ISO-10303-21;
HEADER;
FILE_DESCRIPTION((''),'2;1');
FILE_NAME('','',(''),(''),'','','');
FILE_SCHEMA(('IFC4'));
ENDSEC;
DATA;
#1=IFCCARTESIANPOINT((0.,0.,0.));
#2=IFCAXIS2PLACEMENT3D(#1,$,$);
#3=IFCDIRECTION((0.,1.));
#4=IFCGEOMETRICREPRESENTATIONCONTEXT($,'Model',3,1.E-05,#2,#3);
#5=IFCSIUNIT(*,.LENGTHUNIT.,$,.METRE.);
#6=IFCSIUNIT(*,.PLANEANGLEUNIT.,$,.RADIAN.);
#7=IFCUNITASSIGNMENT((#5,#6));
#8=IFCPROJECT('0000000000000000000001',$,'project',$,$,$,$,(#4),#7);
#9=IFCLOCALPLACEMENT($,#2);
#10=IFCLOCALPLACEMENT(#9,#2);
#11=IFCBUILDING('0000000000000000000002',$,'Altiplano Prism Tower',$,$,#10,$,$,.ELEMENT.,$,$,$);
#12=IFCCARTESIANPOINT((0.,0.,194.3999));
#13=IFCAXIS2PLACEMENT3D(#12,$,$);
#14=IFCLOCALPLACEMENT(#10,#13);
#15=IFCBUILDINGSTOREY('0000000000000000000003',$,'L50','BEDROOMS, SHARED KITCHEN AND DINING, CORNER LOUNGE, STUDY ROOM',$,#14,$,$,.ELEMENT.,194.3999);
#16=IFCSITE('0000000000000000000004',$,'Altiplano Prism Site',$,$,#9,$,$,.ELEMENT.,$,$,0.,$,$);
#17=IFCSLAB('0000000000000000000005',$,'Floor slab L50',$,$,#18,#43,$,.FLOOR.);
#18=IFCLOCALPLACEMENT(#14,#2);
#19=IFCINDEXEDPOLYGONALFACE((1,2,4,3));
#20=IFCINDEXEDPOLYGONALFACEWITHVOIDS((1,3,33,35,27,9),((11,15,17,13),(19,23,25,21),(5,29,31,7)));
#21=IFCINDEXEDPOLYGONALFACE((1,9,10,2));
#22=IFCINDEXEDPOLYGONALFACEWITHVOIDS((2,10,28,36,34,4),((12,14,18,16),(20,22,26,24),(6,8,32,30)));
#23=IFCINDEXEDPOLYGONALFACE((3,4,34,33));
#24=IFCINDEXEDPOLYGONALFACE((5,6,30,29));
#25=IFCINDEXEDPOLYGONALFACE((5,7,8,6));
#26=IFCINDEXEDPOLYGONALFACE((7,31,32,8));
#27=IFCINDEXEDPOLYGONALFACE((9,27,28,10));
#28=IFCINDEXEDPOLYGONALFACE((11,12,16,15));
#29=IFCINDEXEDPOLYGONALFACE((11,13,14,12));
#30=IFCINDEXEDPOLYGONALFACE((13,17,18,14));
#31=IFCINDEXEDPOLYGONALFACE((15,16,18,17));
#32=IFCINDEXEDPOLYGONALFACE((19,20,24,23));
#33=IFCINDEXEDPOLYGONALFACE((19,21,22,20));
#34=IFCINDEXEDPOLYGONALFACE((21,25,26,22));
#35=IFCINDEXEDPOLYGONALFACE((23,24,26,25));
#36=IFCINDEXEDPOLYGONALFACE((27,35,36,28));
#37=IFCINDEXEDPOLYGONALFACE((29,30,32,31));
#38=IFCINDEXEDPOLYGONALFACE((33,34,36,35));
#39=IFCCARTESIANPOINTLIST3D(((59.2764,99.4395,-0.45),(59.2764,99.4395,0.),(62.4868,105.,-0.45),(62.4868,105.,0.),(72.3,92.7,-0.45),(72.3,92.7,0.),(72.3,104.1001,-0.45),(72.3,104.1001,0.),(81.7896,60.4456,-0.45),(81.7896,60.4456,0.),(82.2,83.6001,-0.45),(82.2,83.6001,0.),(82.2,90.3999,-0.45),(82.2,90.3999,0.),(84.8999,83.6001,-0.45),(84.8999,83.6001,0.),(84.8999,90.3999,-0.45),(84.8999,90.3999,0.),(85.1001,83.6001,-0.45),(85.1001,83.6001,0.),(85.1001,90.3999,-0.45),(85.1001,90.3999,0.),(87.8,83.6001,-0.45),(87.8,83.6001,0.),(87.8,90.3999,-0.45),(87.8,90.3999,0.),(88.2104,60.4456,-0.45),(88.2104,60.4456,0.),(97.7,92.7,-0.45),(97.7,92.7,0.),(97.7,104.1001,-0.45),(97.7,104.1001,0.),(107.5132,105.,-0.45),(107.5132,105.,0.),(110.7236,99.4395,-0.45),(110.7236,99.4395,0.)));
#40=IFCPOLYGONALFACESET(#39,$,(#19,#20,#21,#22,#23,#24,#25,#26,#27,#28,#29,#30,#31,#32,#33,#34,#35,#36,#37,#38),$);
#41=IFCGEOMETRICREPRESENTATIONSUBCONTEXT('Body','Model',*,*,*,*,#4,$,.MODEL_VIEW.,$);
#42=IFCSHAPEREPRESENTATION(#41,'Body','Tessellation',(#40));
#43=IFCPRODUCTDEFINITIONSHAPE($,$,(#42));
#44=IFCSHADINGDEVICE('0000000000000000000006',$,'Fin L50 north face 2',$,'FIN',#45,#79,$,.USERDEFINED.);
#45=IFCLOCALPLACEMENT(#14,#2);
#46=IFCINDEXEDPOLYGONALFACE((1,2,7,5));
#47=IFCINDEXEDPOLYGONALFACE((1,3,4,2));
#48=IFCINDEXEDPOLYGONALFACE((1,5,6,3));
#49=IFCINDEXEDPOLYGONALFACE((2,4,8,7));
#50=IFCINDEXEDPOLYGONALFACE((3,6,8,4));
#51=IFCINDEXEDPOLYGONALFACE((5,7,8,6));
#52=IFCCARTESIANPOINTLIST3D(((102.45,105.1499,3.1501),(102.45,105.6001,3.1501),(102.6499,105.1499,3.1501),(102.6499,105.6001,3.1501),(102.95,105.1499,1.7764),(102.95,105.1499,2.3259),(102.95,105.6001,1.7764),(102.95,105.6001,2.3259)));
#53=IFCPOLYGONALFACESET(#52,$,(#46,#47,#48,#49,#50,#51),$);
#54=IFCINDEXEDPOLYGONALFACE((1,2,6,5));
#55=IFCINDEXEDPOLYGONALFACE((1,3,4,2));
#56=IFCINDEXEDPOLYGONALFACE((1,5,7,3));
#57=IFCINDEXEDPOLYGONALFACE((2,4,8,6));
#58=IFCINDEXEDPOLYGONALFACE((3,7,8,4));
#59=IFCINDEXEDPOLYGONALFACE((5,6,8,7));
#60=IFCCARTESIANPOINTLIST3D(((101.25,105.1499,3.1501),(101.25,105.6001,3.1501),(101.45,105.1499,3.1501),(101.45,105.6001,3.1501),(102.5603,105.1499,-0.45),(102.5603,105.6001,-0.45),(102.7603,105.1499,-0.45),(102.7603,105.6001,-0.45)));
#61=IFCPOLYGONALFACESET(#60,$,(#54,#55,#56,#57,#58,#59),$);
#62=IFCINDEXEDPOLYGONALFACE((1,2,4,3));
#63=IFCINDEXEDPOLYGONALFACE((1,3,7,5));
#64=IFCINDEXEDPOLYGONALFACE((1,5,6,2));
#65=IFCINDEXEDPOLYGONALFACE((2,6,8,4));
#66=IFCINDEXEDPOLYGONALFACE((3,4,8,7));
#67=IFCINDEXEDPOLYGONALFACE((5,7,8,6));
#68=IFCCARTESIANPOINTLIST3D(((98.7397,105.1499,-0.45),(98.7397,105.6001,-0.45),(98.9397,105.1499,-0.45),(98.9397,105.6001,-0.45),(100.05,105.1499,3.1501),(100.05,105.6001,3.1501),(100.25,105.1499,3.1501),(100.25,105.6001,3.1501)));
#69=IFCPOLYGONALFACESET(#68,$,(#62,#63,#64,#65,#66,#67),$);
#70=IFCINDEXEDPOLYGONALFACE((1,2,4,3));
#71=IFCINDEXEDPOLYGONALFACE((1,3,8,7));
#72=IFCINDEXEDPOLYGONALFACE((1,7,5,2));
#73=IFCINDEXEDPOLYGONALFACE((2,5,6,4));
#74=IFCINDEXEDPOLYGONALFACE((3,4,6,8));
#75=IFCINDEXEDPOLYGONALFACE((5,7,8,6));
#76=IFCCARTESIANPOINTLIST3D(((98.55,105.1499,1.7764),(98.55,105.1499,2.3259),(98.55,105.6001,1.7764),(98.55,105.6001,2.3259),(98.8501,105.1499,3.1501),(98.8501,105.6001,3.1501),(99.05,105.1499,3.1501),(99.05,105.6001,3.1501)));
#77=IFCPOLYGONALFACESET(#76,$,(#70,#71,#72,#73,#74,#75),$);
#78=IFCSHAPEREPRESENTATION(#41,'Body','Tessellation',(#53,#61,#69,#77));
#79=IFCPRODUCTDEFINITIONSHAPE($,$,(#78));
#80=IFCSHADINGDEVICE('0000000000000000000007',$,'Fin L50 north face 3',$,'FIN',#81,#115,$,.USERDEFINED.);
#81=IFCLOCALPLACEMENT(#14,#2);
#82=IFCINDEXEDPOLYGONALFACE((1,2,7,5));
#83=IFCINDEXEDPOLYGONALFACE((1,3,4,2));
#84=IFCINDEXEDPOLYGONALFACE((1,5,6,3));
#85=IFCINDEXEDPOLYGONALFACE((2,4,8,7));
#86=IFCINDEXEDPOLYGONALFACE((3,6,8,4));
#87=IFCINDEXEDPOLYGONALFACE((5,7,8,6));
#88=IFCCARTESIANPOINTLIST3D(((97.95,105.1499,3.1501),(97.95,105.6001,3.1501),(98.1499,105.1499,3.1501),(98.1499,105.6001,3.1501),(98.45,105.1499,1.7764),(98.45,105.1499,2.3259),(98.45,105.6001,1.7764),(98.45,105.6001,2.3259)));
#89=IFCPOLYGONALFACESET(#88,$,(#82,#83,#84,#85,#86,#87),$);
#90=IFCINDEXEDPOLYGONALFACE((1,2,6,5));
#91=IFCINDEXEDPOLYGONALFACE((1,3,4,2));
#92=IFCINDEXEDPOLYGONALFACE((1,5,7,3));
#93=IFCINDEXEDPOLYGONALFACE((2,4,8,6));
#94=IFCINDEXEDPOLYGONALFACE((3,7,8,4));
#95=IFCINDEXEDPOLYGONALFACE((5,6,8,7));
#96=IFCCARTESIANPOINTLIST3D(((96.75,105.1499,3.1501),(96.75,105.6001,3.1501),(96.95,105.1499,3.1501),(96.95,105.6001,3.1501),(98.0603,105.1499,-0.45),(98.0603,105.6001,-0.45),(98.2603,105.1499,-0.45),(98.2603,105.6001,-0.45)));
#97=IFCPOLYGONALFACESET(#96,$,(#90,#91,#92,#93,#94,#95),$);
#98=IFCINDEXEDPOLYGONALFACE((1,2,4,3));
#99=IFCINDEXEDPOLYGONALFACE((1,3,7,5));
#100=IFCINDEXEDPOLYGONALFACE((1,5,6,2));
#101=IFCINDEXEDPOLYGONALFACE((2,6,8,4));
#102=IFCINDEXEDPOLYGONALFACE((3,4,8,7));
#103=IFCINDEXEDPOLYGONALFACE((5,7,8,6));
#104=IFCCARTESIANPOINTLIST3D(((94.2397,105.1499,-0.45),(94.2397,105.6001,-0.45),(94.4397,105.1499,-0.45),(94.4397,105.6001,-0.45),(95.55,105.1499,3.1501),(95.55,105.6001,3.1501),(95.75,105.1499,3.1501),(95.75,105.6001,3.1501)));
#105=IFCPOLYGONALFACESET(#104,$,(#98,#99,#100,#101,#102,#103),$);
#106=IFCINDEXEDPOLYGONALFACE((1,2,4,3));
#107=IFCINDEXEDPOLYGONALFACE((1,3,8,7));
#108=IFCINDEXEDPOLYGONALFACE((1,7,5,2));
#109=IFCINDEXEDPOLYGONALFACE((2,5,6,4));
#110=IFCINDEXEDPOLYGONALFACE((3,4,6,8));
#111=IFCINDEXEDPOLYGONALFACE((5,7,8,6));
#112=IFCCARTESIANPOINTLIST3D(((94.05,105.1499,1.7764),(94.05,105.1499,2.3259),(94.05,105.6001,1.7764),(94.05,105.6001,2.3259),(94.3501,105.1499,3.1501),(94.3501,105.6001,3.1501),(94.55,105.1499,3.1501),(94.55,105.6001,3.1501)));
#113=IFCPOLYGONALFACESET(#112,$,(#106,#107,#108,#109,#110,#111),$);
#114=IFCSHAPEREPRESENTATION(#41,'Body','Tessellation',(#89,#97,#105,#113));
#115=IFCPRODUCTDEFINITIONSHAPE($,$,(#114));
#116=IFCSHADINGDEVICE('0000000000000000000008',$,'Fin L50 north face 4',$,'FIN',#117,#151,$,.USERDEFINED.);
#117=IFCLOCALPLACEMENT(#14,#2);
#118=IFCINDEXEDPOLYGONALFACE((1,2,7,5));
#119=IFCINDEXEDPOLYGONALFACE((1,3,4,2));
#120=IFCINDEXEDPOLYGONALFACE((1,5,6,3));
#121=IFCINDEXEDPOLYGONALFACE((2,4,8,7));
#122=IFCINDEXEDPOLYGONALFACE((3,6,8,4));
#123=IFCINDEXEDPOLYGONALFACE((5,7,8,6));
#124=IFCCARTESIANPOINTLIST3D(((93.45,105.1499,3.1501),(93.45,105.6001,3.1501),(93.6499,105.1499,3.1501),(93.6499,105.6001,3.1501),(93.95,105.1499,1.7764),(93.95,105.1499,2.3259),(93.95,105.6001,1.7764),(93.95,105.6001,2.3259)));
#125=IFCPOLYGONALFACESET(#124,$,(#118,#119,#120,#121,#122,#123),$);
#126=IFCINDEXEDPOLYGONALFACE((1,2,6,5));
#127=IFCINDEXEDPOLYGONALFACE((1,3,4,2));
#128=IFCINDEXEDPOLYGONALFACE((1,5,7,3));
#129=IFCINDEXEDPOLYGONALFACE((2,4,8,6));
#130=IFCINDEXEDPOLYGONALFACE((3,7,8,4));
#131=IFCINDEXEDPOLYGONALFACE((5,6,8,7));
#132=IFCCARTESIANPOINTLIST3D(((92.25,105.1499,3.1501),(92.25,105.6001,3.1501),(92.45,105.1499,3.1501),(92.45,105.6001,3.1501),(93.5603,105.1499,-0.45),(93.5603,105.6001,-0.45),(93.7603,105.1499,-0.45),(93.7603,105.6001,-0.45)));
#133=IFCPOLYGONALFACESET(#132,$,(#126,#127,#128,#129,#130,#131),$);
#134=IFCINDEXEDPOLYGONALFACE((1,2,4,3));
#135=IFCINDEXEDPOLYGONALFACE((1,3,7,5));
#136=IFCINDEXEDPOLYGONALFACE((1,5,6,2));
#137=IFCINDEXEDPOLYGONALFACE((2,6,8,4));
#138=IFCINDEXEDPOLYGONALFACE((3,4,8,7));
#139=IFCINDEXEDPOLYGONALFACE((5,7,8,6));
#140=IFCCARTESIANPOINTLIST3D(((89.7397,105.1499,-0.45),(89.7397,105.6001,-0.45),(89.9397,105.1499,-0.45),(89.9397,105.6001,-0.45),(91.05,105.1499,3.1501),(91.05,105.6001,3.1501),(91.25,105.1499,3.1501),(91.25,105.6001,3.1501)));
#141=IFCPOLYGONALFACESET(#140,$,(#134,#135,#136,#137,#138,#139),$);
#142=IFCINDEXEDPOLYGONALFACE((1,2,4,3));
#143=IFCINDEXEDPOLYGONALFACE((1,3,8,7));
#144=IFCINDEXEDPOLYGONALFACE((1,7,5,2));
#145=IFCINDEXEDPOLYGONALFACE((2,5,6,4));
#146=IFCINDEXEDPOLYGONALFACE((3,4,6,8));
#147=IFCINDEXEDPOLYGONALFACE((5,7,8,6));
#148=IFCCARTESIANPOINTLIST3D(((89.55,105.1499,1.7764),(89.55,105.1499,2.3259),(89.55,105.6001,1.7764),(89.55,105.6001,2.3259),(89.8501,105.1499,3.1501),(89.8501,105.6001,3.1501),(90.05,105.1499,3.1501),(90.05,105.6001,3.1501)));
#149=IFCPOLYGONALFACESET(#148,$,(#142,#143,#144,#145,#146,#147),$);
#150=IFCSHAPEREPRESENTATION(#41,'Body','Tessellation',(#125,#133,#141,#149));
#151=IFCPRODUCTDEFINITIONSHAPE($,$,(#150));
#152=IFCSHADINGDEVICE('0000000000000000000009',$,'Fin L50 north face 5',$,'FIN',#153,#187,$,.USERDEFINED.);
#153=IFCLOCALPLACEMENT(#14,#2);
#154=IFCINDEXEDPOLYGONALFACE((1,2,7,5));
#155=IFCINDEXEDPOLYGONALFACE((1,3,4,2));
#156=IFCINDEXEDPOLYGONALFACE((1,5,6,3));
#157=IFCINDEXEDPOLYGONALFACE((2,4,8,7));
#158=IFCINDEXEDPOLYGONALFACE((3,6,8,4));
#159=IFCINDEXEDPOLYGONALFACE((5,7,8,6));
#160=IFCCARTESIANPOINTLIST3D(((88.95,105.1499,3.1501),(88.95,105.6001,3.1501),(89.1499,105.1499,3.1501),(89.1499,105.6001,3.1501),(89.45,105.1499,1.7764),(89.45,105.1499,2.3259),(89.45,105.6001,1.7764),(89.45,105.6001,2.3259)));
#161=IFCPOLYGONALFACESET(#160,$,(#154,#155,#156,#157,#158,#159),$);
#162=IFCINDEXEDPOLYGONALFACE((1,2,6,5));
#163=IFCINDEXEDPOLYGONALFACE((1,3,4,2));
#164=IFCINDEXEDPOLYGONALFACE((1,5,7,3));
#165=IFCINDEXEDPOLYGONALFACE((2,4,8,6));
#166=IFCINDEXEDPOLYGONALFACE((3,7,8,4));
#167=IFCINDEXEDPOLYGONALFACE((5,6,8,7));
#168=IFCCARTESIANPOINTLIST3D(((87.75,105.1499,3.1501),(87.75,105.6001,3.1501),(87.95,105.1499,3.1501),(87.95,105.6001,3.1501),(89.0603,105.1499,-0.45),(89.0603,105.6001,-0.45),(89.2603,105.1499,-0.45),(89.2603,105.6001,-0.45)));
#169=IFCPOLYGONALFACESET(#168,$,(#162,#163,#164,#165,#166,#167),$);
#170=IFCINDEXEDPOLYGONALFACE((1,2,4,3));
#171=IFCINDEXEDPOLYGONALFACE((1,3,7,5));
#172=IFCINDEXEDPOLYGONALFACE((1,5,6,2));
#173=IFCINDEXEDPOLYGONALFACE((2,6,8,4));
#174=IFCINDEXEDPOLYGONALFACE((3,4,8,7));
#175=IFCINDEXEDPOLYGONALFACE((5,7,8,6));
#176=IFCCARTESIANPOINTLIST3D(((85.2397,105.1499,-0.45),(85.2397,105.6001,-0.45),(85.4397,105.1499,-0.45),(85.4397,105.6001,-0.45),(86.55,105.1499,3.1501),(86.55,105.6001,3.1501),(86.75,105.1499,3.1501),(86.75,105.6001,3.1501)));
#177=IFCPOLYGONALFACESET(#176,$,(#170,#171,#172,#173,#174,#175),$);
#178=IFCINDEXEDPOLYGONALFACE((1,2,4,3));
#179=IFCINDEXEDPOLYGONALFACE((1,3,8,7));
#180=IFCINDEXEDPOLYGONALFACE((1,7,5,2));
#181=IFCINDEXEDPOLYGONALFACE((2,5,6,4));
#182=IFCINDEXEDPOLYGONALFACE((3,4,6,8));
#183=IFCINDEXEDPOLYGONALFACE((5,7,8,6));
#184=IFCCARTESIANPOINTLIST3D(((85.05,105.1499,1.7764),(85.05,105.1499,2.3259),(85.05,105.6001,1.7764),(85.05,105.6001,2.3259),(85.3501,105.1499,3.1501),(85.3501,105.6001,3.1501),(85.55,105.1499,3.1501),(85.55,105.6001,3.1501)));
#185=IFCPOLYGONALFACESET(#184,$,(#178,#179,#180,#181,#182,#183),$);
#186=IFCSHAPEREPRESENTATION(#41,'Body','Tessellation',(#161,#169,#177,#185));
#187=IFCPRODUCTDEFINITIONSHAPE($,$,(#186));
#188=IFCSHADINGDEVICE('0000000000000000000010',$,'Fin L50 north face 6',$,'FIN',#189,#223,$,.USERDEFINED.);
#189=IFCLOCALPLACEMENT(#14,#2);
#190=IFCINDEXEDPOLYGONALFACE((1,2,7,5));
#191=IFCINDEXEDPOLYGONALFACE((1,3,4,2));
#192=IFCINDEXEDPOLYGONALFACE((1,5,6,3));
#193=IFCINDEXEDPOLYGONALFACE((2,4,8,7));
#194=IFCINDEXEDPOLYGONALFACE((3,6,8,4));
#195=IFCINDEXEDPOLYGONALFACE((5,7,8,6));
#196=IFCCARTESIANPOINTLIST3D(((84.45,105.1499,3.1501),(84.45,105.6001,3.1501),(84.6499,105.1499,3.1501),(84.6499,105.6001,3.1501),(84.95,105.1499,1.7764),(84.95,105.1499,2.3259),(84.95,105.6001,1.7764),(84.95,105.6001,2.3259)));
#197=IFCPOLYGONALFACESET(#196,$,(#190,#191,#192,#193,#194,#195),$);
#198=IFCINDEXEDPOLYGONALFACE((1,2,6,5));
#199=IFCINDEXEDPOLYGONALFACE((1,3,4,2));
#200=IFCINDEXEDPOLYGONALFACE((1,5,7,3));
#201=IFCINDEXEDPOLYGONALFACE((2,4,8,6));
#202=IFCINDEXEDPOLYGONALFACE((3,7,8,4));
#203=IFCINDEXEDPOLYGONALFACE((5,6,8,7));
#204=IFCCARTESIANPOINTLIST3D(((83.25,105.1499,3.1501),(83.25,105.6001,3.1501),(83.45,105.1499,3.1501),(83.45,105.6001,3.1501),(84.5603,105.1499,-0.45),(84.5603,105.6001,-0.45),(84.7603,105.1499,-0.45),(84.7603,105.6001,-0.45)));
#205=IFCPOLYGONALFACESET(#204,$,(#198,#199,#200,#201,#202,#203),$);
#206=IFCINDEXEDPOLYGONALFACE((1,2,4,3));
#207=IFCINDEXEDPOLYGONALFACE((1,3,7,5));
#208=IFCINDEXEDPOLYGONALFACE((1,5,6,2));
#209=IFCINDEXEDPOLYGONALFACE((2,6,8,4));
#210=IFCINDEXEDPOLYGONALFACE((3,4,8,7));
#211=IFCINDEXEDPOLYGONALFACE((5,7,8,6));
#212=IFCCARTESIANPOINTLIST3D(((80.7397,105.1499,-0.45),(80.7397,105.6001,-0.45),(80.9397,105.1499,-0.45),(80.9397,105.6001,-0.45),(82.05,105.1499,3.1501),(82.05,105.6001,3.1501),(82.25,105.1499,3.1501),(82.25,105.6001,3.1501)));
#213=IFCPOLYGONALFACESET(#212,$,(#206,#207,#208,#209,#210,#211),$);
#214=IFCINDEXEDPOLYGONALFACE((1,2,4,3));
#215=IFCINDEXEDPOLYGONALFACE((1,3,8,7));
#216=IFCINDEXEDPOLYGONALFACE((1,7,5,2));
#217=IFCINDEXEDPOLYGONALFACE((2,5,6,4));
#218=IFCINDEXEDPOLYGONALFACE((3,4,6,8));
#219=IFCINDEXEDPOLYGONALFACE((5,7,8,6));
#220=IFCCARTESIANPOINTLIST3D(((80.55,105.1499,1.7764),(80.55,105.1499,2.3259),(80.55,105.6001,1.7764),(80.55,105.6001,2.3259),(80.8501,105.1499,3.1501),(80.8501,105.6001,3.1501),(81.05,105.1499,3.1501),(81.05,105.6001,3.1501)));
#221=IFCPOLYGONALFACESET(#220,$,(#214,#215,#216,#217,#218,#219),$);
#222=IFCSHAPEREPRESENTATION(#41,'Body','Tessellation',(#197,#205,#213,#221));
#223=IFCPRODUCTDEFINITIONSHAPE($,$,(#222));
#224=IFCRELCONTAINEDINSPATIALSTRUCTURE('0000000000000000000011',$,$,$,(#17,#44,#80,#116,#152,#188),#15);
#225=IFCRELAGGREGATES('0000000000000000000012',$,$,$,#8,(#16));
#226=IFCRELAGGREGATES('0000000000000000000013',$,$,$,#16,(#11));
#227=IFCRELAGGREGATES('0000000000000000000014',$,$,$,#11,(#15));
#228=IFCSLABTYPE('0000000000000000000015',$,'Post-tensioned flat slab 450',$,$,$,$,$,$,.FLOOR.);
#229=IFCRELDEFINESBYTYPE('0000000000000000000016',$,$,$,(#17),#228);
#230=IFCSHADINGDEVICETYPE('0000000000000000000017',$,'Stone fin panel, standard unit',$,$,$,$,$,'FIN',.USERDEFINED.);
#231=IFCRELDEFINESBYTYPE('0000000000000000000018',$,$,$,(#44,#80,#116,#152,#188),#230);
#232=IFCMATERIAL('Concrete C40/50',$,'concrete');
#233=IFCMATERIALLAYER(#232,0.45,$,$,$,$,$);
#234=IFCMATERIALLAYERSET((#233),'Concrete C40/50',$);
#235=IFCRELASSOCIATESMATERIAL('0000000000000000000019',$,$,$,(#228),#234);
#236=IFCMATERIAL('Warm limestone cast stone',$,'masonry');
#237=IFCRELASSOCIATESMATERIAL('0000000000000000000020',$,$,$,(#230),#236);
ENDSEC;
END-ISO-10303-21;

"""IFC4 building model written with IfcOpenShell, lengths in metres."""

from ifc_helpers import new_model, si_unit, direction, frame, origin, place, context, subcontext, project, spatial, polyline, outline, extrude, source, transform, mapped, material, layer, layer_set, type_object, element, save


model = new_model("IFC4")

# Units and contexts
model_context = context("Model", 3, precision=1e-05, world=origin(), true_north=direction((0.0, 1.0)))
body_context = subcontext(model_context, "Body", "Model", "MODEL_VIEW")
ifc_project = project(units=[si_unit("LENGTHUNIT", "METRE"), si_unit("PLANEANGLEUNIT", "RADIAN")], contexts=[model_context])

# Site, building, storey
site_placement = place(None, origin())
site = spatial("IfcSite", under=ifc_project, at=site_placement, Name="Altiplano Prism Site", CompositionType="ELEMENT", RefElevation=0.0)
building_placement = place(site_placement, origin())
building = spatial("IfcBuilding", under=site, at=building_placement, Name="Altiplano Prism Tower", CompositionType="ELEMENT")
storey_placement = place(building_placement, frame((0.0, 0.0, 194.3999)))
storey = spatial("IfcBuildingStorey", under=building, at=storey_placement, Name="L50", Description="BEDROOMS, SHARED KITCHEN AND DINING, CORNER LOUNGE, STUDY ROOM", CompositionType="ELEMENT", Elevation=194.3999)

# Slab
ifc_material_1 = material(Name="Concrete C40/50", Category="concrete")
ifc_layer = layer(ifc_material_1, 0.45)
ifc_layer_set = layer_set([ifc_layer], Name="Concrete C40/50")
slab_type = type_object("IfcSlabType", Name="Post-tensioned flat slab 450", PredefinedType="FLOOR", material=ifc_layer_set)
slab_placement = place(storey_placement, frame((0.0, 0.0, -0.45)))
element("IfcSlab", 1, at=slab_placement, inside=storey, type_object=slab_type, Name="Floor slab L50", PredefinedType="FLOOR", context=body_context, shape_type="SweptSolid", body=[
    extrude(outline(polyline([(81.7896, 60.4456), (59.2764, 99.4395), (62.4868, 105.0), (107.5132, 105.0), (110.7236, 99.4395), (88.2104, 60.4456), (81.7896, 60.4456)]), holes=[polyline([(72.3, 104.1001), (72.3, 92.7), (97.7, 92.7), (97.7, 104.1001), (72.3, 104.1001)]), polyline([(84.8999, 90.3999), (82.2, 90.3999), (82.2, 83.6001), (84.8999, 83.6001), (84.8999, 90.3999)]), polyline([(87.8, 83.6001), (87.8, 90.3999), (85.1001, 90.3999), (85.1001, 83.6001), (87.8, 83.6001)])]), origin(), (0.0, 0.0, 1.0), 0.45),
])

# Shading devices
ifc_material_2 = material(Name="Warm limestone cast stone", Category="masonry")
shading_device_type_1 = type_object("IfcShadingDeviceType", Name="Stone fin panel, standard unit", ElementType="FIN", PredefinedType="USERDEFINED", material=ifc_material_2)
shared_shape_1 = source(origin(), body_context, "Body", "SweptSolid", [
    extrude(outline(polyline([(-2.2, 2.2263), (-1.7, 3.6001), (-1.8999, 3.6001), (-2.2, 2.7759), (-2.2, 2.2263)])), frame((0.0, -0.1499, 0.0), z_axis=(0.0, -1.0, 0.0), x_axis=(1.0, 0.0, 0.0)), (0.0, 0.0, 1.0), 0.4502),
    extrude(outline(polyline([(-2.0103, 0.0), (-1.8103, 0.0), (-0.5, 3.6001), (-0.7, 3.6001), (-2.0103, 0.0)])), frame((0.0, -0.1499, 0.0), z_axis=(0.0, -1.0, 0.0), x_axis=(1.0, 0.0, 0.0)), (0.0, 0.0, 1.0), 0.4502),
    extrude(outline(polyline([(1.8103, 0.0), (2.0103, 0.0), (0.7, 3.6001), (0.5, 3.6001), (1.8103, 0.0)])), frame((0.0, -0.1499, 0.0), z_axis=(0.0, -1.0, 0.0), x_axis=(1.0, 0.0, 0.0)), (0.0, 0.0, 1.0), 0.4502),
    extrude(outline(polyline([(2.2, 2.7759), (1.8999, 3.6001), (1.7, 3.6001), (2.2, 2.2263), (2.2, 2.7759)])), frame((0.0, -0.1499, 0.0), z_axis=(0.0, -1.0, 0.0), x_axis=(1.0, 0.0, 0.0)), (0.0, 0.0, 1.0), 0.4502),
])
shading_device_1_placement = place(storey_placement, origin())
element("IfcShadingDevice", 2, at=shading_device_1_placement, inside=storey, type_object=shading_device_type_1, Name="Fin L50 north face 2", ObjectType="FIN", PredefinedType="USERDEFINED", context=body_context, shape_type="MappedRepresentation", body=[
    mapped(shared_shape_1, transform((100.75, 105.0, -0.45), x_axis=(-1.0, 0.0, 0.0), y_axis=(0.0, -1.0, 0.0), z_axis=(0.0, 0.0, 1.0))),
])
shading_device_2_placement = place(storey_placement, origin())
element("IfcShadingDevice", 3, at=shading_device_2_placement, inside=storey, type_object=shading_device_type_1, Name="Fin L50 north face 3", ObjectType="FIN", PredefinedType="USERDEFINED", context=body_context, shape_type="MappedRepresentation", body=[
    mapped(shared_shape_1, transform((96.25, 105.0, -0.45), x_axis=(-1.0, 0.0, 0.0), y_axis=(0.0, -1.0, 0.0), z_axis=(0.0, 0.0, 1.0))),
])
shading_device_3_placement = place(storey_placement, origin())
element("IfcShadingDevice", 4, at=shading_device_3_placement, inside=storey, type_object=shading_device_type_1, Name="Fin L50 north face 4", ObjectType="FIN", PredefinedType="USERDEFINED", context=body_context, shape_type="MappedRepresentation", body=[
    mapped(shared_shape_1, transform((91.75, 105.0, -0.45), x_axis=(-1.0, 0.0, 0.0), y_axis=(0.0, -1.0, 0.0), z_axis=(0.0, 0.0, 1.0))),
])
shading_device_4_placement = place(storey_placement, origin())
element("IfcShadingDevice", 5, at=shading_device_4_placement, inside=storey, type_object=shading_device_type_1, Name="Fin L50 north face 5", ObjectType="FIN", PredefinedType="USERDEFINED", context=body_context, shape_type="MappedRepresentation", body=[
    mapped(shared_shape_1, transform((87.25, 105.0, -0.45), x_axis=(-1.0, 0.0, 0.0), y_axis=(0.0, -1.0, 0.0), z_axis=(0.0, 0.0, 1.0))),
])
shading_device_5_placement = place(storey_placement, origin())
element("IfcShadingDevice", 6, at=shading_device_5_placement, inside=storey, type_object=shading_device_type_1, Name="Fin L50 north face 6", ObjectType="FIN", PredefinedType="USERDEFINED", context=body_context, shape_type="MappedRepresentation", body=[
    mapped(shared_shape_1, transform((82.75, 105.0, -0.45), x_axis=(-1.0, 0.0, 0.0), y_axis=(0.0, -1.0, 0.0), z_axis=(0.0, 0.0, 1.0))),
])

save(model, "model.ifc")
